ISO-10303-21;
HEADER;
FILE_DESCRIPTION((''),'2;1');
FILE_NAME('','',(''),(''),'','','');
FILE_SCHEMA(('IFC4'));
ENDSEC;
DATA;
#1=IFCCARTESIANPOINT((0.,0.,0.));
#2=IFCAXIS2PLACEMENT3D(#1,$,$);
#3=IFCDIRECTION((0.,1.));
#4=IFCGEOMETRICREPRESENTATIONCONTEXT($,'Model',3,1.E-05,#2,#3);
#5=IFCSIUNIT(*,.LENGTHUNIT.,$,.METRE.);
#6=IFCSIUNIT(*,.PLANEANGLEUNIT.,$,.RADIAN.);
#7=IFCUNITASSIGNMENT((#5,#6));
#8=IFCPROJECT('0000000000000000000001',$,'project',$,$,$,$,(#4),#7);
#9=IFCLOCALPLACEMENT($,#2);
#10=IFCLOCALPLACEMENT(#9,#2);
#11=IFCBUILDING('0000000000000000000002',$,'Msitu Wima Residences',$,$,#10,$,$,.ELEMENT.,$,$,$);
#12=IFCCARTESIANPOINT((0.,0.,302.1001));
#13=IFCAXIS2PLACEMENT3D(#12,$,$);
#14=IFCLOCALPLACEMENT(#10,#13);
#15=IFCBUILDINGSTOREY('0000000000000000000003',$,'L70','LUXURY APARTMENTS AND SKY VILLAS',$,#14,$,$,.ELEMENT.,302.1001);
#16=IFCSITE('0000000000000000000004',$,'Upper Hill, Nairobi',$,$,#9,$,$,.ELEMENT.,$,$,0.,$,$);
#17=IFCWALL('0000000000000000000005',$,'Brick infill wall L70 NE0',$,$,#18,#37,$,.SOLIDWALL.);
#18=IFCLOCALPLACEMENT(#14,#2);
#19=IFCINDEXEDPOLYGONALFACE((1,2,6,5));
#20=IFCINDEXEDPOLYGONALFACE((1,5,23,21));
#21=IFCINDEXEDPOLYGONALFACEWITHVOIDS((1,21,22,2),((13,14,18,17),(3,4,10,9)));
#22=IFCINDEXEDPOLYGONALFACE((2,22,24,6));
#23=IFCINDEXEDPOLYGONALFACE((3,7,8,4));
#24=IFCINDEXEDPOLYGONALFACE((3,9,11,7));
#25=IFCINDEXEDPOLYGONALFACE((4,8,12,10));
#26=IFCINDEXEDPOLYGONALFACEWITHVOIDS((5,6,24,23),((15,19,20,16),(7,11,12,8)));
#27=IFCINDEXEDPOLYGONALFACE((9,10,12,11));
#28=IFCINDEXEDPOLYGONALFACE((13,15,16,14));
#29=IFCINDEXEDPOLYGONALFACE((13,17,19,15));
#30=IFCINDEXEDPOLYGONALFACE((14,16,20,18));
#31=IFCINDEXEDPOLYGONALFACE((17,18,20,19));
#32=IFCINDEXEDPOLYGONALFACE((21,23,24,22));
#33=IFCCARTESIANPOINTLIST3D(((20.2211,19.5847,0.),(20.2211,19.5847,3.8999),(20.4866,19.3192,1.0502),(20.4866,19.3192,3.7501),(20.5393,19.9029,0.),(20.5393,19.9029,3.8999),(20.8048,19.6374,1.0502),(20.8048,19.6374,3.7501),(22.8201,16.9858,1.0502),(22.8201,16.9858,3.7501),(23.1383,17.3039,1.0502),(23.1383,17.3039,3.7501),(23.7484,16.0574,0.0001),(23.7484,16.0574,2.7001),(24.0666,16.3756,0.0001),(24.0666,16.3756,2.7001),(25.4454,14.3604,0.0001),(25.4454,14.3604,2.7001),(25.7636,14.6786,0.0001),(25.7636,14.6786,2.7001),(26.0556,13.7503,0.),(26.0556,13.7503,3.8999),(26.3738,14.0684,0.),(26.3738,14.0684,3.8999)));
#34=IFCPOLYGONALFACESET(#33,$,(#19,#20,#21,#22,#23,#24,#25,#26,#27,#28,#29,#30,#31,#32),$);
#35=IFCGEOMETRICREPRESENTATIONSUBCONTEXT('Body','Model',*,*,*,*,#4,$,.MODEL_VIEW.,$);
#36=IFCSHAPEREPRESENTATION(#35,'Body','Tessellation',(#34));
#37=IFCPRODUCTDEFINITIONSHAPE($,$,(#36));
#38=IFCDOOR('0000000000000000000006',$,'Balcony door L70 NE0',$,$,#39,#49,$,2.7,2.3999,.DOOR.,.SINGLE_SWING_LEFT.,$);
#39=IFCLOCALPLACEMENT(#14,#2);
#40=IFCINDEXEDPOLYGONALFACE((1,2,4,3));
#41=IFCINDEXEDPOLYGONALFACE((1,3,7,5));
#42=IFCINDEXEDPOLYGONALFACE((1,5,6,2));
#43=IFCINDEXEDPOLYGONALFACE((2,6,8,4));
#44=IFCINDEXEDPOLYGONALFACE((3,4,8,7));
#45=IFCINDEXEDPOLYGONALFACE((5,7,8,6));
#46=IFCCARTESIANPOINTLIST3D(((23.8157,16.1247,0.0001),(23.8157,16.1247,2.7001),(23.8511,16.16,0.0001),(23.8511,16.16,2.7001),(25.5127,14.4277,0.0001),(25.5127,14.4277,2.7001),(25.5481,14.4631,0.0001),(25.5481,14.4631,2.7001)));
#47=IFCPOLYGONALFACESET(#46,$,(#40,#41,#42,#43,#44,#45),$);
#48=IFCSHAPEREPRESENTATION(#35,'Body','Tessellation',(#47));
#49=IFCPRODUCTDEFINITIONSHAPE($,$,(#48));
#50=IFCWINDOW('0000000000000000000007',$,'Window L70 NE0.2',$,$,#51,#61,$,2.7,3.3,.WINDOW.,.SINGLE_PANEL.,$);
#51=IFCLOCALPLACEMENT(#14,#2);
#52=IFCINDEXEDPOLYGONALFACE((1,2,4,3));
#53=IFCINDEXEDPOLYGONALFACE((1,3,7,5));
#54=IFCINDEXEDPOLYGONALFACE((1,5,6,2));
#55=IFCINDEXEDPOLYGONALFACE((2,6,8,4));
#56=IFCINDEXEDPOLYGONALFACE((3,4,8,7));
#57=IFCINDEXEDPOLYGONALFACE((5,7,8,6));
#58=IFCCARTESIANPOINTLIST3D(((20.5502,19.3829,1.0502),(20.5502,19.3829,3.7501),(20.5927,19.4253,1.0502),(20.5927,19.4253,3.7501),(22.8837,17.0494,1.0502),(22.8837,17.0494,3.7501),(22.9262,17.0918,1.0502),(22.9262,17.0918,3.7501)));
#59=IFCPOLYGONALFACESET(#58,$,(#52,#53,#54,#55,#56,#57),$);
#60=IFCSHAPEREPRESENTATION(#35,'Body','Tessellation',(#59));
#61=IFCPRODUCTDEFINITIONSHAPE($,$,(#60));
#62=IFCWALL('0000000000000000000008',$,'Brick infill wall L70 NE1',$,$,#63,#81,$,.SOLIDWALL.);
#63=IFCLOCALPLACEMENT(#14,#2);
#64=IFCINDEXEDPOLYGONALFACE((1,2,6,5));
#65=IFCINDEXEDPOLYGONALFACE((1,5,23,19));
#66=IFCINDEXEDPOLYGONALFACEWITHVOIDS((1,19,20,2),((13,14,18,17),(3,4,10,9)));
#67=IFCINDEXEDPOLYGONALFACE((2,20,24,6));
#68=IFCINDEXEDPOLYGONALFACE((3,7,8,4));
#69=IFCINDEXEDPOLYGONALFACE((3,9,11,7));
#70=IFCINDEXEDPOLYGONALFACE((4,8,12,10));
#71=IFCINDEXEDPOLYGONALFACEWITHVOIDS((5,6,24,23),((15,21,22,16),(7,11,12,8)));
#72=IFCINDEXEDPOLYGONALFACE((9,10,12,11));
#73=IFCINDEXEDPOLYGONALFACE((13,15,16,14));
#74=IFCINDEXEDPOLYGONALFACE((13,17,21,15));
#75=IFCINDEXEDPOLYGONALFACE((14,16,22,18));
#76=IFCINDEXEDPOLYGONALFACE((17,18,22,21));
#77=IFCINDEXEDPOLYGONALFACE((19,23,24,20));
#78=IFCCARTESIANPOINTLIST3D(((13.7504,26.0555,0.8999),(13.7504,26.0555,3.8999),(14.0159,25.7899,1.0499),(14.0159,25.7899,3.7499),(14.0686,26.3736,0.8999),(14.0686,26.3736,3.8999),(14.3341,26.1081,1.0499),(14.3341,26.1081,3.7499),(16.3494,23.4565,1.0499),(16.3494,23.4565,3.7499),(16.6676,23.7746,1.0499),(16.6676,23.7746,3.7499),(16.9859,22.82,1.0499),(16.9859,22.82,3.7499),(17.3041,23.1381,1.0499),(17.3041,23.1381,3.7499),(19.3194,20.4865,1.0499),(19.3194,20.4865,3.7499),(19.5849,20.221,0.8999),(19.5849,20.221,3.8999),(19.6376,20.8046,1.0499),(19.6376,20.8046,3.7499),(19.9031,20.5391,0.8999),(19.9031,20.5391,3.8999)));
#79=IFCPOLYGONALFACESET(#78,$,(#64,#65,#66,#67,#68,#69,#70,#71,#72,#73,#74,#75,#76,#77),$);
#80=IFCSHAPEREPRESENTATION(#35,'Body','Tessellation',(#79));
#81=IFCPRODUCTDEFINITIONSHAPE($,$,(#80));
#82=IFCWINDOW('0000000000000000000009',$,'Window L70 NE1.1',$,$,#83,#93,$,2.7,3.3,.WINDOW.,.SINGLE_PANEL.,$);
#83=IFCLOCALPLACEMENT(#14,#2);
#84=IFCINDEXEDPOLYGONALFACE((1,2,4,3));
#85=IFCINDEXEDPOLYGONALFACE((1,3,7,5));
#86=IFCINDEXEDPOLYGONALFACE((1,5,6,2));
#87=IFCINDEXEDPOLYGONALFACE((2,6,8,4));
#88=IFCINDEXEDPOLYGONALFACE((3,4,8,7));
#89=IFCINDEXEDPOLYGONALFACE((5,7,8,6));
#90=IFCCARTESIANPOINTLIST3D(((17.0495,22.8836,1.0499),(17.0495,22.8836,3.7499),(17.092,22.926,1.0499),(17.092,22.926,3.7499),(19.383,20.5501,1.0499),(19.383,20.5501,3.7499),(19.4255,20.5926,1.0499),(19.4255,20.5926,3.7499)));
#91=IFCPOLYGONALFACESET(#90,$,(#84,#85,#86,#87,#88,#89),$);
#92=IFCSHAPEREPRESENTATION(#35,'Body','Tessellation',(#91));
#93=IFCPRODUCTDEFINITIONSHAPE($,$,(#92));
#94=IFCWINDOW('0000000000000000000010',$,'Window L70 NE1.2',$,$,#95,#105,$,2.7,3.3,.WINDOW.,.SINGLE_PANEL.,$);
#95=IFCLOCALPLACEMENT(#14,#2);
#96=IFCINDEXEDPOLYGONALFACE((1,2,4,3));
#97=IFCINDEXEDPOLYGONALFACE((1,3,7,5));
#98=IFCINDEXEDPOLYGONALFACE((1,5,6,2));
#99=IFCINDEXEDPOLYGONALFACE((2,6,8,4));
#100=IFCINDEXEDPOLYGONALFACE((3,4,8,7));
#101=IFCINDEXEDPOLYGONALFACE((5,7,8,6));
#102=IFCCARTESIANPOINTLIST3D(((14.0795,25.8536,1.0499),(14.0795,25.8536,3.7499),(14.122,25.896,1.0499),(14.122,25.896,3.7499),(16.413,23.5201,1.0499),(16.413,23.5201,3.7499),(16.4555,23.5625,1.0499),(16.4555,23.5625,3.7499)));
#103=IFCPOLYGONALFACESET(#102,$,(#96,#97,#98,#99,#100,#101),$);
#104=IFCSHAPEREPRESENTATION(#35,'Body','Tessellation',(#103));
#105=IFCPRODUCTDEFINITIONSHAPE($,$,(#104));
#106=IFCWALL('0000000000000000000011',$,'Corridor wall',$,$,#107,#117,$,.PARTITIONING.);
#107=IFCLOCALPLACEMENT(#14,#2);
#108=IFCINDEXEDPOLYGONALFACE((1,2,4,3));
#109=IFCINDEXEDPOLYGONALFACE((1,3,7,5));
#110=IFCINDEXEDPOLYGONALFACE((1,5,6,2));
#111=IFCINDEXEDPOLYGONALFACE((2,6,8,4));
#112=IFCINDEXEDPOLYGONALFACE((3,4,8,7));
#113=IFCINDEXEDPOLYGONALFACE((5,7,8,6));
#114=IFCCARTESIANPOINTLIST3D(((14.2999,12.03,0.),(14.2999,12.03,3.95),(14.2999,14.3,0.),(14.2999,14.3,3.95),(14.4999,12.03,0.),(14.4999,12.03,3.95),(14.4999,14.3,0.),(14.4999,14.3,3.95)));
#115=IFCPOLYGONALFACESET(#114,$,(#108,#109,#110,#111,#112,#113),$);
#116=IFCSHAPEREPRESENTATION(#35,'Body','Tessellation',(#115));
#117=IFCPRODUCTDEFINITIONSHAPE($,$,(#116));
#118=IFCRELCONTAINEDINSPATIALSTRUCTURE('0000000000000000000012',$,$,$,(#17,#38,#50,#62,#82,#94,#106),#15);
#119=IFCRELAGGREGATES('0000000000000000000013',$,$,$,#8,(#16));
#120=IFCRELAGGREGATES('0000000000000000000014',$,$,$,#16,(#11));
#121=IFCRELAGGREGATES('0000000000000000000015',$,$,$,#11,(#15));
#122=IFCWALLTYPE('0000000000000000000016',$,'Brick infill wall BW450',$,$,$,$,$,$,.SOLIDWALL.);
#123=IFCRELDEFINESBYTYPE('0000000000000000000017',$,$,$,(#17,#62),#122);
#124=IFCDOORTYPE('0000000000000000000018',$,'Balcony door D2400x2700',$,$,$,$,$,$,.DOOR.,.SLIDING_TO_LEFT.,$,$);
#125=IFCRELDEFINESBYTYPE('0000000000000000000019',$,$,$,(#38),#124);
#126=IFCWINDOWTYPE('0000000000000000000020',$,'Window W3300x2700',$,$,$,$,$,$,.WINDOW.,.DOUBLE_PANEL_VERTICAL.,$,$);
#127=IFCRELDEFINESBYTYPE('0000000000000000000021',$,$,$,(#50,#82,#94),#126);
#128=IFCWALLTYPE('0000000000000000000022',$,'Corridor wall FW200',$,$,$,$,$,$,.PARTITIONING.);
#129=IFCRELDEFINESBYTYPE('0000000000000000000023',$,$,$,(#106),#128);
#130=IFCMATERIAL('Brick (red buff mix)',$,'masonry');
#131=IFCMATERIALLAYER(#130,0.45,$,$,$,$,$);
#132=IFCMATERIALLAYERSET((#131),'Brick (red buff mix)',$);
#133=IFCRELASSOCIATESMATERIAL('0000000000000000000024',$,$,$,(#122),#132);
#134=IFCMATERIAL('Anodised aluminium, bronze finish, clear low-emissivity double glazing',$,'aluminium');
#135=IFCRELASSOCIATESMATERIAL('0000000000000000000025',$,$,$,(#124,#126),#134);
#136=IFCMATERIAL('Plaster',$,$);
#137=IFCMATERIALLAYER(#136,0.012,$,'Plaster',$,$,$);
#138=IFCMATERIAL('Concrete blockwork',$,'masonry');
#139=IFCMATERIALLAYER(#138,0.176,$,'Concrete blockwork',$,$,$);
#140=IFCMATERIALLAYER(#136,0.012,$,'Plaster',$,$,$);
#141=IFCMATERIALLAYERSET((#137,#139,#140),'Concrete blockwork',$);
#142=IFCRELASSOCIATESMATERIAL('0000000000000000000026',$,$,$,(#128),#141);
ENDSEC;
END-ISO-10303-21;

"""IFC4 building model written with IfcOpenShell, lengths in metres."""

from ifc_helpers import new_model, si_unit, direction, frame, frame_2d, origin, place, context, subcontext, project, spatial, rectangle, extrude, material, layer, layer_set, type_object, element, fill, save


model = new_model("IFC4")

# Units and contexts
model_context = context("Model", 3, precision=1e-05, world=origin(), true_north=direction((0.0, 1.0)))
body_context = subcontext(model_context, "Body", "Model", "MODEL_VIEW")
ifc_project = project(units=[si_unit("LENGTHUNIT", "METRE"), si_unit("PLANEANGLEUNIT", "RADIAN")], contexts=[model_context])

# Site, building, storey
site_placement = place(None, origin())
site = spatial("IfcSite", under=ifc_project, at=site_placement, Name="Upper Hill, Nairobi", CompositionType="ELEMENT", RefElevation=0.0)
building_placement = place(site_placement, origin())
building = spatial("IfcBuilding", under=site, at=building_placement, Name="Msitu Wima Residences", CompositionType="ELEMENT")
storey_placement = place(building_placement, frame((0.0, 0.0, 302.1001)))
storey = spatial("IfcBuildingStorey", under=building, at=storey_placement, Name="L70", Description="LUXURY APARTMENTS AND SKY VILLAS", CompositionType="ELEMENT", Elevation=302.1001)

# Wall, openings, door, window
ifc_material_1 = material(Name="Brick (red buff mix)", Category="masonry")
ifc_layer_1 = layer(ifc_material_1, 0.45)
ifc_layer_set_1 = layer_set([ifc_layer_1], Name="Brick (red buff mix)")
wall_type_1 = type_object("IfcWallType", Name="Brick infill wall BW450", PredefinedType="SOLIDWALL", material=ifc_layer_set_1)
wall_1_placement = place(storey_placement, frame((26.2146, 13.9094, 0.0), z_axis=(0.0, 0.0, 1.0), x_axis=(-0.707107, 0.707107, 0.0)))
wall_1 = element("IfcWall", 1, at=wall_1_placement, inside=storey, type_object=wall_type_1, Name="Brick infill wall L70 NE0", PredefinedType="SOLIDWALL", context=body_context, shape_type="SweptSolid", body=[
    extrude(rectangle(XDim=8.2512, YDim=0.45, at=frame_2d((4.1255, 0.0))), origin(), (0.0, 0.0, 1.0), 3.8999),
])
opening_1_placement = place(wall_1_placement, frame((0.8628, 0.0, 0.0)))
opening_1 = element("IfcOpeningElement", 2, at=opening_1_placement, cuts=wall_1, PredefinedType="OPENING", context=body_context, shape_type="SweptSolid", body=[
    extrude(rectangle(XDim=2.3999, YDim=2.7, at=frame_2d((1.2, 1.3501))), frame((0.0, 0.2349, 0.0), z_axis=(0.0, -1.0, 0.0), x_axis=(1.0, 0.0, 0.0)), (0.0, 0.0, 1.0), 0.47),
])
opening_2_placement = place(wall_1_placement, frame((4.5757, 0.0, 1.05)))
opening_2 = element("IfcOpeningElement", 3, at=opening_2_placement, cuts=wall_1, PredefinedType="OPENING", context=body_context, shape_type="SweptSolid", body=[
    extrude(rectangle(XDim=3.3, YDim=2.7, at=frame_2d((1.6499, 1.3501))), frame((0.0, 0.2349, 0.0), z_axis=(0.0, -1.0, 0.0), x_axis=(1.0, 0.0, 0.0)), (0.0, 0.0, 1.0), 0.47),
])
ifc_material_2 = material(Name="Anodised aluminium, bronze finish, clear low-emissivity double glazing", Category="aluminium")
door_type_1 = type_object("IfcDoorType", Name="Balcony door D2400x2700", OperationType="SLIDING_TO_LEFT", PredefinedType="DOOR", material=ifc_material_2)
door_1_placement = place(opening_1_placement, origin())
door_1 = element("IfcDoor", 4, at=door_1_placement, inside=storey, type_object=door_type_1, Name="Balcony door L70 NE0", OperationType="SINGLE_SWING_LEFT", OverallHeight=2.7, OverallWidth=2.3999, PredefinedType="DOOR", context=body_context, shape_type="SweptSolid", body=[
    extrude(rectangle(XDim=2.3999, YDim=2.7, at=frame_2d((1.2, 1.3501))), frame((0.0, 0.1299, 0.0), z_axis=(0.0, -1.0, 0.0), x_axis=(1.0, 0.0, 0.0)), (0.0, 0.0, 1.0), 0.05),
])
fill(opening_1, door_1)
window_type = type_object("IfcWindowType", Name="Window W3300x2700", PartitioningType="DOUBLE_PANEL_VERTICAL", PredefinedType="WINDOW", material=ifc_material_2)
window_1_placement = place(opening_2_placement, origin())
window_1 = element("IfcWindow", 5, at=window_1_placement, inside=storey, type_object=window_type, Name="Window L70 NE0.2", OverallHeight=2.7, OverallWidth=3.3, PartitioningType="SINGLE_PANEL", PredefinedType="WINDOW", context=body_context, shape_type="SweptSolid", body=[
    extrude(rectangle(XDim=3.3, YDim=2.7, at=frame_2d((1.6499, 1.3501))), frame((0.0, 0.135, 0.0), z_axis=(0.0, -1.0, 0.0), x_axis=(1.0, 0.0, 0.0)), (0.0, 0.0, 1.0), 0.0601),
])
fill(opening_2, window_1)

# Wall, openings, windows
wall_2_placement = place(storey_placement, frame((19.7439, 20.3801, 0.8999), z_axis=(0.0, 0.0, 1.0), x_axis=(-0.707107, 0.707107, 0.0)))
wall_2 = element("IfcWall", 6, at=wall_2_placement, inside=storey, type_object=wall_type_1, Name="Brick infill wall L70 NE1", PredefinedType="SOLIDWALL", context=body_context, shape_type="SweptSolid", body=[
    extrude(rectangle(XDim=8.2512, YDim=0.45, at=frame_2d((4.1255, 0.0))), origin(), (0.0, 0.0, 1.0), 3.0),
])
opening_3_placement = place(wall_2_placement, frame((0.3755, 0.0, 0.1499)))
opening_3 = element("IfcOpeningElement", 7, at=opening_3_placement, cuts=wall_2, PredefinedType="OPENING", context=body_context, shape_type="SweptSolid", body=[
    extrude(rectangle(XDim=3.3, YDim=2.7, at=frame_2d((1.6499, 1.3501))), frame((0.0, 0.2349, 0.0), z_axis=(0.0, -1.0, 0.0), x_axis=(1.0, 0.0, 0.0)), (0.0, 0.0, 1.0), 0.47),
])
opening_4_placement = place(wall_2_placement, frame((4.5757, 0.0, 0.1499)))
opening_4 = element("IfcOpeningElement", 8, at=opening_4_placement, cuts=wall_2, PredefinedType="OPENING", context=body_context, shape_type="SweptSolid", body=[
    extrude(rectangle(XDim=3.3, YDim=2.7, at=frame_2d((1.6499, 1.3501))), frame((0.0, 0.2349, 0.0), z_axis=(0.0, -1.0, 0.0), x_axis=(1.0, 0.0, 0.0)), (0.0, 0.0, 1.0), 0.47),
])
window_2_placement = place(opening_3_placement, origin())
window_2 = element("IfcWindow", 9, at=window_2_placement, inside=storey, type_object=window_type, Name="Window L70 NE1.1", OverallHeight=2.7, OverallWidth=3.3, PartitioningType="SINGLE_PANEL", PredefinedType="WINDOW", context=body_context, shape_type="SweptSolid", body=[
    extrude(rectangle(XDim=3.3, YDim=2.7, at=frame_2d((1.6499, 1.3501))), frame((0.0, 0.135, 0.0), z_axis=(0.0, -1.0, 0.0), x_axis=(1.0, 0.0, 0.0)), (0.0, 0.0, 1.0), 0.0601),
])
fill(opening_3, window_2)
window_3_placement = place(opening_4_placement, origin())
window_3 = element("IfcWindow", 10, at=window_3_placement, inside=storey, type_object=window_type, Name="Window L70 NE1.2", OverallHeight=2.7, OverallWidth=3.3, PartitioningType="SINGLE_PANEL", PredefinedType="WINDOW", context=body_context, shape_type="SweptSolid", body=[
    extrude(rectangle(XDim=3.3, YDim=2.7, at=frame_2d((1.6499, 1.3501))), frame((0.0, 0.135, 0.0), z_axis=(0.0, -1.0, 0.0), x_axis=(1.0, 0.0, 0.0)), (0.0, 0.0, 1.0), 0.0601),
])
fill(opening_4, window_3)

# Wall
ifc_material_3 = material(Name="Plaster")
ifc_layer_2 = layer(ifc_material_3, 0.012, Name="Plaster")
ifc_material_4 = material(Name="Concrete blockwork", Category="masonry")
ifc_layer_3 = layer(ifc_material_4, 0.176, Name="Concrete blockwork")
ifc_layer_4 = layer(ifc_material_3, 0.012, Name="Plaster")
ifc_layer_set_2 = layer_set([ifc_layer_2, ifc_layer_3, ifc_layer_4], Name="Concrete blockwork")
wall_type_2 = type_object("IfcWallType", Name="Corridor wall FW200", PredefinedType="PARTITIONING", material=ifc_layer_set_2)
wall_3_placement = place(storey_placement, frame((14.3999, 12.03, 0.0), z_axis=(0.0, 0.0, 1.0), x_axis=(0.0, 1.0, 0.0)))
element("IfcWall", 11, at=wall_3_placement, inside=storey, type_object=wall_type_2, Name="Corridor wall", PredefinedType="PARTITIONING", context=body_context, shape_type="SweptSolid", body=[
    extrude(rectangle(XDim=2.27, YDim=0.2, at=frame_2d((1.135, 0.0))), origin(), (0.0, 0.0, 1.0), 3.95),
])

save(model, "model.ifc")
